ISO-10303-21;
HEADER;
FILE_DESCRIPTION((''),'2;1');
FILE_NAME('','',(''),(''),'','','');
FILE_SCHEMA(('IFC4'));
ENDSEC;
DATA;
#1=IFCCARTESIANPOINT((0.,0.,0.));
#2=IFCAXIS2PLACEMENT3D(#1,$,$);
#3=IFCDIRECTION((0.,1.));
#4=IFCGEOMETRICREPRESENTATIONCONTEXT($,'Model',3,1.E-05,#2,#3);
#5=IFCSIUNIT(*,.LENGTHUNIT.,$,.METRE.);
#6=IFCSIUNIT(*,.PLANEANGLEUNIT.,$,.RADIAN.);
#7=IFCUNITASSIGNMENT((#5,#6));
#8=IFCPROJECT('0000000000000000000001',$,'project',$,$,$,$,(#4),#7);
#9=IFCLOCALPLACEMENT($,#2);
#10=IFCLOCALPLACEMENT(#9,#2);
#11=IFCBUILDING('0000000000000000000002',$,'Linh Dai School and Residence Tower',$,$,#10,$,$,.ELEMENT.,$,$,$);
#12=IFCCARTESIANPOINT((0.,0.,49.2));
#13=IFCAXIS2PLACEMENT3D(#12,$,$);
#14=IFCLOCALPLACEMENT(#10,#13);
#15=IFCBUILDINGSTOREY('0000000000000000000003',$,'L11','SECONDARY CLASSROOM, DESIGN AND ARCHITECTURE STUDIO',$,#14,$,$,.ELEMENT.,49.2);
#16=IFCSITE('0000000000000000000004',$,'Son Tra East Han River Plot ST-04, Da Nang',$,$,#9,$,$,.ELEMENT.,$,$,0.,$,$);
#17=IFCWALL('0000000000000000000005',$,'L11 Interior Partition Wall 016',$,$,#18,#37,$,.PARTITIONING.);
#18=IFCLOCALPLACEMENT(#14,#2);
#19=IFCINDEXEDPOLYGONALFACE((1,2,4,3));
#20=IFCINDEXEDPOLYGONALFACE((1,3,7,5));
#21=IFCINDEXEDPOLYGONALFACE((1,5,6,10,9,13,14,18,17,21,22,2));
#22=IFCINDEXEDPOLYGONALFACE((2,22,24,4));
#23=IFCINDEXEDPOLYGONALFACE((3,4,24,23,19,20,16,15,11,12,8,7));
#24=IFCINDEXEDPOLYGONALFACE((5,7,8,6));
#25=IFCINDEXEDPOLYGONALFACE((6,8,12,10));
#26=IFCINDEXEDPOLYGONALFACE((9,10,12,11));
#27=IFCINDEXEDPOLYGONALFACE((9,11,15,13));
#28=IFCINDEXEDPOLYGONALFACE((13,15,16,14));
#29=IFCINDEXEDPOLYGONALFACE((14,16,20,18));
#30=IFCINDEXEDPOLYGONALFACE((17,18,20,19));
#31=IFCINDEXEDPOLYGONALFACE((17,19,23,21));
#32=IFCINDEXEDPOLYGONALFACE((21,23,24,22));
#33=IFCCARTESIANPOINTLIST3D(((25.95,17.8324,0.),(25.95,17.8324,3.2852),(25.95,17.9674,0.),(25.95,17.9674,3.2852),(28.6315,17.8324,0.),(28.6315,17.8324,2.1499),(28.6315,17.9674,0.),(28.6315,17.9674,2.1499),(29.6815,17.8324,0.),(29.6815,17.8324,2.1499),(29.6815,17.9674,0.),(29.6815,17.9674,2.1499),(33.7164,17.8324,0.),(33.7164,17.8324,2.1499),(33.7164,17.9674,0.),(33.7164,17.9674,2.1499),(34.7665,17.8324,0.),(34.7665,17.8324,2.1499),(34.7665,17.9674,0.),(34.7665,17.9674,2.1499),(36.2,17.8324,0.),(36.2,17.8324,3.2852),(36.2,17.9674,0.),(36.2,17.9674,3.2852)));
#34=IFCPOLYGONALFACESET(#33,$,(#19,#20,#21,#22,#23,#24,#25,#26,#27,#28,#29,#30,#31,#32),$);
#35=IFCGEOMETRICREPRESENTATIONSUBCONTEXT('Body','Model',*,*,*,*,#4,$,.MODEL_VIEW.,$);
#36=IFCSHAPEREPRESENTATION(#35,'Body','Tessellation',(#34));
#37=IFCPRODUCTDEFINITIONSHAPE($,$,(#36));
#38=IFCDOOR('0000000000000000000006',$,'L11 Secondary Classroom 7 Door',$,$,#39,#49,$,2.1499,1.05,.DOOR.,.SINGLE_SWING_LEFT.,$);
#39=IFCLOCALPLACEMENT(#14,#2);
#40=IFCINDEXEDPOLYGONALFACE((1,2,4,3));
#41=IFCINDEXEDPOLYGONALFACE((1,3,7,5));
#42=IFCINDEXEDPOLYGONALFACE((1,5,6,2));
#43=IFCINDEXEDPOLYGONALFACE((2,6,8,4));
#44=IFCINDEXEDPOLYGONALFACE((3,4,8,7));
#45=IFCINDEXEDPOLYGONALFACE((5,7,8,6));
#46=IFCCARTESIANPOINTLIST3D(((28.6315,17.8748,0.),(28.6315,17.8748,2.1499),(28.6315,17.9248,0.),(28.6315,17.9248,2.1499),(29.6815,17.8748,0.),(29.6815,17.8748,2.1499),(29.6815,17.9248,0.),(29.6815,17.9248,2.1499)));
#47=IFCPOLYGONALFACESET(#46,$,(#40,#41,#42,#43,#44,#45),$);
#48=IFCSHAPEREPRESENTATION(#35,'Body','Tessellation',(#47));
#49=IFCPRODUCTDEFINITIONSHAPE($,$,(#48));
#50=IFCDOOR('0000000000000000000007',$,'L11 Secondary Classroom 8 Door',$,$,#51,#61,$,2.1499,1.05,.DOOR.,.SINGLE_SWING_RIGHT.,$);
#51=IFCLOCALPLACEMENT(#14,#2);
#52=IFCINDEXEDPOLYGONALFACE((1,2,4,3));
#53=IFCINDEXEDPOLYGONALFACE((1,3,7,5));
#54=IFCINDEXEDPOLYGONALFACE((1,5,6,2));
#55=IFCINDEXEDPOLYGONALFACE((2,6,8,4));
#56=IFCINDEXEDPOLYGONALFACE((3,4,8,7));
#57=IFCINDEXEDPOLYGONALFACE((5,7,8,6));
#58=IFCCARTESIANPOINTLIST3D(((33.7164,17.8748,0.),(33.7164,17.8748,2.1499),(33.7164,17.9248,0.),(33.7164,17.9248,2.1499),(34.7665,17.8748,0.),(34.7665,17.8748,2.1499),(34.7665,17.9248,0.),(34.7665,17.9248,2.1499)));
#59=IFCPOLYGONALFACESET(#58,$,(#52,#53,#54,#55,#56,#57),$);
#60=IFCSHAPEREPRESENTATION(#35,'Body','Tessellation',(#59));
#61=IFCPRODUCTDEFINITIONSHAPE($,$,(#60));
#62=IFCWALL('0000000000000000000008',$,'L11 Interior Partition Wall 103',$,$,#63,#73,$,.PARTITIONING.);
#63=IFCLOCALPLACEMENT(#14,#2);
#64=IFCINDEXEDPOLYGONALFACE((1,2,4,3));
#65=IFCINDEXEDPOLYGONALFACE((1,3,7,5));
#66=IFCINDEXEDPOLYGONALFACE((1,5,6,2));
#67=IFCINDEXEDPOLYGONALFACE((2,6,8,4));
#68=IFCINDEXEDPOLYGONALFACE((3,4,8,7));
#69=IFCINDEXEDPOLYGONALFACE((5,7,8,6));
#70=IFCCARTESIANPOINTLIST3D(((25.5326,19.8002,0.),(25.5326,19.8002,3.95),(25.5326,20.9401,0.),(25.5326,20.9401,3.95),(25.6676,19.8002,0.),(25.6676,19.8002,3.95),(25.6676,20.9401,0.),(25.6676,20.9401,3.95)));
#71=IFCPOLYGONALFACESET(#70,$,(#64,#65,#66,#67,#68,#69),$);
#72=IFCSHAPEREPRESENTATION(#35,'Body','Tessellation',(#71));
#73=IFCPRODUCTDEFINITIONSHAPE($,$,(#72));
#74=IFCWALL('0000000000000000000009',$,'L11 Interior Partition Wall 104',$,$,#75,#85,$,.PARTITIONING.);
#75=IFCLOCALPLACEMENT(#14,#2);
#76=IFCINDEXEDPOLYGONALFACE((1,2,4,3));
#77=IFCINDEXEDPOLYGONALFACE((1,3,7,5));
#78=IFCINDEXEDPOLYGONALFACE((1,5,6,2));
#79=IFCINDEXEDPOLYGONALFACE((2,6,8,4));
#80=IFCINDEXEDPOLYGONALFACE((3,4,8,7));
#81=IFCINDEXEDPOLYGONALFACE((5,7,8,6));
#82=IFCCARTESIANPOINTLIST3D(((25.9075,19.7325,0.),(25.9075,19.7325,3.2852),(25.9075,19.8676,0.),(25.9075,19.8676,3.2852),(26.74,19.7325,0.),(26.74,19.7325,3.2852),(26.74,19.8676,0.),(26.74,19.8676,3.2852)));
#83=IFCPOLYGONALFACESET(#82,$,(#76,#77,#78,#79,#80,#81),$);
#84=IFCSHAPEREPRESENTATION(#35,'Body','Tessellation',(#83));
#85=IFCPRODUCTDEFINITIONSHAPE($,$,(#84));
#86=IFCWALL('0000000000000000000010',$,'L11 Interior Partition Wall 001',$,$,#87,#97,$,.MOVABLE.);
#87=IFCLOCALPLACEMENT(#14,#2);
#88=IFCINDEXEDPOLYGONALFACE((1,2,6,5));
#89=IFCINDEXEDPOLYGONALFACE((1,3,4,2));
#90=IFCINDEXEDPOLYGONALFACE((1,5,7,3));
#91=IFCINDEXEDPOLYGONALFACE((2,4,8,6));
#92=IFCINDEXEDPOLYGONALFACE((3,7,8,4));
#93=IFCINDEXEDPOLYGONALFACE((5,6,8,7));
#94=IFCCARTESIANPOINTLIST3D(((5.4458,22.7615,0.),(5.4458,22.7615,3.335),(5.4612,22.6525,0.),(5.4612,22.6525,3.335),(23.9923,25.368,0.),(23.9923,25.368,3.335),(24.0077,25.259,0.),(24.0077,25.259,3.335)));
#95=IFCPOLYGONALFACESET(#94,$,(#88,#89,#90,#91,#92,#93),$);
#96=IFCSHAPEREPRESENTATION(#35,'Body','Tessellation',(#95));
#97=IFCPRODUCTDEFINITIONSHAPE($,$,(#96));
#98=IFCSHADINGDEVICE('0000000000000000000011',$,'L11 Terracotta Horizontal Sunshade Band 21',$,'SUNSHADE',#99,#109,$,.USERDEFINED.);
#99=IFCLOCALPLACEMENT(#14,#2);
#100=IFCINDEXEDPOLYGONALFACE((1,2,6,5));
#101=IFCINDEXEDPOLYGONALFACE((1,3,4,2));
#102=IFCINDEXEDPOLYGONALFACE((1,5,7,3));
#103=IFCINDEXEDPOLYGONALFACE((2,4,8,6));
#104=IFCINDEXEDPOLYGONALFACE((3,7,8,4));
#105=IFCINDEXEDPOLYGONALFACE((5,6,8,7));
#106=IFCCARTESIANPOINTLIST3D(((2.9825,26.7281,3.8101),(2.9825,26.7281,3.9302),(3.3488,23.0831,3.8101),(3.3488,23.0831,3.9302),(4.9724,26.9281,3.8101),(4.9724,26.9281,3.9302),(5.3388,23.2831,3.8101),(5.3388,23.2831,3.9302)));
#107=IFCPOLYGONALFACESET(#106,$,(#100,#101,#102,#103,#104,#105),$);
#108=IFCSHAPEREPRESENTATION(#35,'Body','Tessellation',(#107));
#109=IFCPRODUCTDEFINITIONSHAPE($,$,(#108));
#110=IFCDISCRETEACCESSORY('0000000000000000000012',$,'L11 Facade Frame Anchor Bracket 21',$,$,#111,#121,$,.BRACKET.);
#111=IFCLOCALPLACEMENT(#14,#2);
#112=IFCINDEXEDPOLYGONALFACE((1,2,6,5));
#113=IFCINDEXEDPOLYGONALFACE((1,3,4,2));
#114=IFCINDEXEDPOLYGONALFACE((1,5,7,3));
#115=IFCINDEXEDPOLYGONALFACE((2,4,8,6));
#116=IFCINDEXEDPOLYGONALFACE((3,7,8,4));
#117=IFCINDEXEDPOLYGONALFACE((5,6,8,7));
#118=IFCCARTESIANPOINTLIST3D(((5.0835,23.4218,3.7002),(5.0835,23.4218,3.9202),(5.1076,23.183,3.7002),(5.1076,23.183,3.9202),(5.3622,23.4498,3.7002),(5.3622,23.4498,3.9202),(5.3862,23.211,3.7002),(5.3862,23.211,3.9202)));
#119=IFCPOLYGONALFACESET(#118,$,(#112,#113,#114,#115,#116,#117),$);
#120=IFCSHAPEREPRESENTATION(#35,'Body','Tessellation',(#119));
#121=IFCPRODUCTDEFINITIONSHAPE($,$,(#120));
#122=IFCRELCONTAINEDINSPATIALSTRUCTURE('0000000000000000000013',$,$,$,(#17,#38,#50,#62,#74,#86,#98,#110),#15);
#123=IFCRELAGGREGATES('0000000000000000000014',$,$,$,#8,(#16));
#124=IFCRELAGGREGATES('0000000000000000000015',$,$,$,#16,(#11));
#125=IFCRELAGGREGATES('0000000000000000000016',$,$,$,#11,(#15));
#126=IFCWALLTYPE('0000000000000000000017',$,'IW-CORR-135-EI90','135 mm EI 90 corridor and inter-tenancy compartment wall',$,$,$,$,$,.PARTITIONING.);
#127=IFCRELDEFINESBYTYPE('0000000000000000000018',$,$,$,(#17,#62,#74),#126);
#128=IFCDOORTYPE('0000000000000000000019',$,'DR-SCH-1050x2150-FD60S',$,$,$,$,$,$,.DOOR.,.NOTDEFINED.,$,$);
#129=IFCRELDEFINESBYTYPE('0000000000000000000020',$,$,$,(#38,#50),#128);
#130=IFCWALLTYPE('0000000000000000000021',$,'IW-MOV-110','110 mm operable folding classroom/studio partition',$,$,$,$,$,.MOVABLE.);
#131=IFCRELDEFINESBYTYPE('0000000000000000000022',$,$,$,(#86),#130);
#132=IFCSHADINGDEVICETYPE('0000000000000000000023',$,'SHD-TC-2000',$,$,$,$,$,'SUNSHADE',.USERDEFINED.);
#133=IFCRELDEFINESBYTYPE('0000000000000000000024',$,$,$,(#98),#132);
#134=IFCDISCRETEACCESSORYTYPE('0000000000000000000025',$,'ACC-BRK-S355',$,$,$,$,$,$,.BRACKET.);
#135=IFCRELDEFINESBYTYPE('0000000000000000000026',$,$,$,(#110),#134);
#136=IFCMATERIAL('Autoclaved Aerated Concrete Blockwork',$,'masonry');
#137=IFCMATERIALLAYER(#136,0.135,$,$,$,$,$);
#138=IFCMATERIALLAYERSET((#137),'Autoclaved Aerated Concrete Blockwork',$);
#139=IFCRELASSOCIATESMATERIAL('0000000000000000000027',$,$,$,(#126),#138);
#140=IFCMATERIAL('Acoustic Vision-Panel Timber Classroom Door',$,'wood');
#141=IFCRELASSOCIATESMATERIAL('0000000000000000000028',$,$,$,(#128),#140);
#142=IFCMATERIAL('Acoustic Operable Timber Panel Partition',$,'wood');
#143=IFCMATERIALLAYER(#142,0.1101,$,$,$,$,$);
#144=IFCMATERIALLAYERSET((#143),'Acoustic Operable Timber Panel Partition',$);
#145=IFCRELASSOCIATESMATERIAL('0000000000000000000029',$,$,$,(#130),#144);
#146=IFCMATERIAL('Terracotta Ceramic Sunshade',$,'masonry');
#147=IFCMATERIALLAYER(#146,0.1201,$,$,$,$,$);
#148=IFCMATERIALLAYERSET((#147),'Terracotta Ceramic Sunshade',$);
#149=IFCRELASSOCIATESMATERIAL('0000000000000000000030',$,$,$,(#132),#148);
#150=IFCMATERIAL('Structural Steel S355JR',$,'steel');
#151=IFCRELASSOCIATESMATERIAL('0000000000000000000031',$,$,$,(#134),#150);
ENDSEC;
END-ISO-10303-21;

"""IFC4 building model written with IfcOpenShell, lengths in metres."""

from ifc_helpers import new_model, si_unit, direction, frame, frame_2d, origin, origin_2d, place, context, subcontext, project, spatial, rectangle, extrude, source, transform, mapped, material, layer, layer_set, type_object, element, fill, save


model = new_model("IFC4")

# Units and contexts
model_context = context("Model", 3, precision=1e-05, world=origin(), true_north=direction((0.0, 1.0)))
body_context = subcontext(model_context, "Body", "Model", "MODEL_VIEW")
ifc_project = project(units=[si_unit("LENGTHUNIT", "METRE"), si_unit("PLANEANGLEUNIT", "RADIAN")], contexts=[model_context])

# Site, building, storey
site_placement = place(None, origin())
site = spatial("IfcSite", under=ifc_project, at=site_placement, Name="Son Tra East Han River Plot ST-04, Da Nang", CompositionType="ELEMENT", RefElevation=0.0)
building_placement = place(site_placement, origin())
building = spatial("IfcBuilding", under=site, at=building_placement, Name="Linh Dai School and Residence Tower", CompositionType="ELEMENT")
storey_placement = place(building_placement, frame((0.0, 0.0, 49.2)))
storey = spatial("IfcBuildingStorey", under=building, at=storey_placement, Name="L11", Description="SECONDARY CLASSROOM, DESIGN AND ARCHITECTURE STUDIO", CompositionType="ELEMENT", Elevation=49.2)

# Shared definitions
ifc_material_1 = material(Name="Structural Steel S355JR", Category="steel")

# Shared definitions
ifc_material_2 = material(Name="Autoclaved Aerated Concrete Blockwork", Category="masonry")
ifc_layer_1 = layer(ifc_material_2, 0.135)
ifc_layer_set_1 = layer_set([ifc_layer_1], Name="Autoclaved Aerated Concrete Blockwork")
wall_type_1 = type_object("IfcWallType", Name="IW-CORR-135-EI90", Description="135 mm EI 90 corridor and inter-tenancy compartment wall", PredefinedType="PARTITIONING", material=ifc_layer_set_1)
ifc_material_3 = material(Name="Acoustic Vision-Panel Timber Classroom Door", Category="wood")
door_type = type_object("IfcDoorType", Name="DR-SCH-1050x2150-FD60S", OperationType="NOTDEFINED", PredefinedType="DOOR", material=ifc_material_3)
shared_shape_1 = source(origin(), body_context, "Body", "SweptSolid", [
    extrude(rectangle(XDim=1.05, YDim=2.1499, at=origin_2d()), frame((0.5249, 0.0249, 1.075), z_axis=(0.0, -1.0, 0.0), x_axis=(1.0, 0.0, 0.0)), (0.0, 0.0, 1.0), 0.05),
])

# Wall, openings, doors
wall_1_placement = place(storey_placement, frame((25.95, 17.8999, 0.0), z_axis=(0.0, 0.0, 1.0), x_axis=(1.0, 0.0, 0.0)))
wall_1 = element("IfcWall", 1, at=wall_1_placement, inside=storey, type_object=wall_type_1, Name="L11 Interior Partition Wall 016", PredefinedType="PARTITIONING", context=body_context, shape_type="SweptSolid", body=[
    extrude(rectangle(XDim=10.25, YDim=0.135, at=frame_2d((5.125, 0.0))), origin(), (0.0, 0.0, 1.0), 3.2852),
])
opening_1_placement = place(wall_1_placement, frame((2.6816, 0.0, 0.0)))
opening_1 = element("IfcOpeningElement", 2, at=opening_1_placement, cuts=wall_1, PredefinedType="OPENING", context=body_context, shape_type="SweptSolid", body=[
    extrude(rectangle(XDim=1.05, YDim=2.1499, at=origin_2d()), frame((0.5249, 0.0776, 1.075), z_axis=(0.0, -1.0, 0.0), x_axis=(1.0, 0.0, 0.0)), (0.0, 0.0, 1.0), 0.155),
])
opening_2_placement = place(wall_1_placement, frame((7.7666, 0.0, 0.0)))
opening_2 = element("IfcOpeningElement", 3, at=opening_2_placement, cuts=wall_1, PredefinedType="OPENING", context=body_context, shape_type="SweptSolid", body=[
    extrude(rectangle(XDim=1.05, YDim=2.1499, at=origin_2d()), frame((0.5249, 0.0776, 1.075), z_axis=(0.0, -1.0, 0.0), x_axis=(1.0, 0.0, 0.0)), (0.0, 0.0, 1.0), 0.155),
])
door_1_placement = place(opening_1_placement, origin())
door_1 = element("IfcDoor", 4, at=door_1_placement, inside=storey, type_object=door_type, Name="L11 Secondary Classroom 7 Door", OperationType="SINGLE_SWING_LEFT", OverallHeight=2.1499, OverallWidth=1.05, PredefinedType="DOOR", context=body_context, shape_type="MappedRepresentation", body=[
    mapped(shared_shape_1, transform((0.0, 0.0, 0.0), x_axis=(1.0, 0.0, 0.0), y_axis=(0.0, 1.0, 0.0), z_axis=(0.0, 0.0, 1.0), scale=1.0)),
])
fill(opening_1, door_1)
door_2_placement = place(opening_2_placement, origin())
door_2 = element("IfcDoor", 5, at=door_2_placement, inside=storey, type_object=door_type, Name="L11 Secondary Classroom 8 Door", OperationType="SINGLE_SWING_RIGHT", OverallHeight=2.1499, OverallWidth=1.05, PredefinedType="DOOR", context=body_context, shape_type="MappedRepresentation", body=[
    mapped(shared_shape_1, transform((0.0, 0.0, 0.0), x_axis=(1.0, 0.0, 0.0), y_axis=(0.0, 1.0, 0.0), z_axis=(0.0, 0.0, 1.0), scale=1.0)),
])
fill(opening_2, door_2)

# Walls
wall_2_placement = place(storey_placement, frame((25.6001, 20.9399, 0.0), z_axis=(0.0, 0.0, 1.0), x_axis=(0.0, -1.0, 0.0)))
element("IfcWall", 6, at=wall_2_placement, inside=storey, type_object=wall_type_1, Name="L11 Interior Partition Wall 103", PredefinedType="PARTITIONING", context=body_context, shape_type="SweptSolid", body=[
    extrude(rectangle(XDim=1.1399, YDim=0.135, at=frame_2d((0.5698, 0.0))), origin(), (0.0, 0.0, 1.0), 3.95),
])
wall_3_placement = place(storey_placement, frame((25.9075, 19.8, 0.0), z_axis=(0.0, 0.0, 1.0), x_axis=(1.0, 0.0, 0.0)))
element("IfcWall", 7, at=wall_3_placement, inside=storey, type_object=wall_type_1, Name="L11 Interior Partition Wall 104", PredefinedType="PARTITIONING", context=body_context, shape_type="SweptSolid", body=[
    extrude(rectangle(XDim=0.8325, YDim=0.135, at=frame_2d((0.4163, 0.0))), origin(), (0.0, 0.0, 1.0), 3.2852),
])
ifc_material_4 = material(Name="Acoustic Operable Timber Panel Partition", Category="wood")
ifc_layer_2 = layer(ifc_material_4, 0.1101)
ifc_layer_set_2 = layer_set([ifc_layer_2], Name="Acoustic Operable Timber Panel Partition")
wall_type_2 = type_object("IfcWallType", Name="IW-MOV-110", Description="110 mm operable folding classroom/studio partition", PredefinedType="MOVABLE", material=ifc_layer_set_2)
wall_4_placement = place(storey_placement, frame((5.4536, 22.707, 0.0), z_axis=(0.0, 0.0, 1.0), x_axis=(0.990269, 0.139169, 0.0)))
element("IfcWall", 8, at=wall_4_placement, inside=storey, type_object=wall_type_2, Name="L11 Interior Partition Wall 001", PredefinedType="MOVABLE", context=body_context, shape_type="SweptSolid", body=[
    extrude(rectangle(XDim=18.7288, YDim=0.1101, at=frame_2d((9.3643, 0.0))), origin(), (0.0, 0.0, 1.0), 3.335),
])

# Shading device
ifc_material_5 = material(Name="Terracotta Ceramic Sunshade", Category="masonry")
ifc_layer_3 = layer(ifc_material_5, 0.1201)
ifc_layer_set_3 = layer_set([ifc_layer_3], Name="Terracotta Ceramic Sunshade")
shading_device_type = type_object("IfcShadingDeviceType", Name="SHD-TC-2000", ElementType="SUNSHADE", PredefinedType="USERDEFINED", material=ifc_layer_set_3)
shared_shape_2 = source(origin(), body_context, "Body", "SweptSolid", [
    extrude(rectangle(XDim=3.6633, YDim=2.0, at=origin_2d()), origin(), (0.0, 0.0, 1.0), 0.1201),
])
shading_device_placement = place(storey_placement, frame((4.1606, 25.0056, 3.8101), z_axis=(0.0, 0.0, 1.0), x_axis=(-0.100009, 0.994986, 0.0)))
element("IfcShadingDevice", 9, at=shading_device_placement, inside=storey, type_object=shading_device_type, Name="L11 Terracotta Horizontal Sunshade Band 21", ObjectType="SUNSHADE", PredefinedType="USERDEFINED", context=body_context, shape_type="MappedRepresentation", body=[
    mapped(shared_shape_2, transform((0.0, 0.0, 0.0), x_axis=(1.0, 0.0, 0.0), y_axis=(0.0, 1.0, 0.0), z_axis=(0.0, 0.0, 1.0), scale=1.0)),
])

# Discrete accessory
discrete_accessory_type = type_object("IfcDiscreteAccessoryType", Name="ACC-BRK-S355", PredefinedType="BRACKET", material=ifc_material_1)
shared_shape_3 = source(origin(), body_context, "Body", "SweptSolid", [
    extrude(rectangle(XDim=0.28, YDim=0.24, at=origin_2d()), origin(), (0.0, 0.0, 1.0), 0.22),
])
discrete_accessory_placement = place(storey_placement, frame((5.2349, 23.3164, 3.7002), z_axis=(0.0, 0.0, 1.0), x_axis=(-0.994986, -0.100009, 0.0)))
element("IfcDiscreteAccessory", 10, at=discrete_accessory_placement, inside=storey, type_object=discrete_accessory_type, Name="L11 Facade Frame Anchor Bracket 21", PredefinedType="BRACKET", context=body_context, shape_type="MappedRepresentation", body=[
    mapped(shared_shape_3, transform((0.0, 0.0, 0.0), x_axis=(1.0, 0.0, 0.0), y_axis=(0.0, 1.0, 0.0), z_axis=(0.0, 0.0, 1.0), scale=1.0)),
])

save(model, "model.ifc")
